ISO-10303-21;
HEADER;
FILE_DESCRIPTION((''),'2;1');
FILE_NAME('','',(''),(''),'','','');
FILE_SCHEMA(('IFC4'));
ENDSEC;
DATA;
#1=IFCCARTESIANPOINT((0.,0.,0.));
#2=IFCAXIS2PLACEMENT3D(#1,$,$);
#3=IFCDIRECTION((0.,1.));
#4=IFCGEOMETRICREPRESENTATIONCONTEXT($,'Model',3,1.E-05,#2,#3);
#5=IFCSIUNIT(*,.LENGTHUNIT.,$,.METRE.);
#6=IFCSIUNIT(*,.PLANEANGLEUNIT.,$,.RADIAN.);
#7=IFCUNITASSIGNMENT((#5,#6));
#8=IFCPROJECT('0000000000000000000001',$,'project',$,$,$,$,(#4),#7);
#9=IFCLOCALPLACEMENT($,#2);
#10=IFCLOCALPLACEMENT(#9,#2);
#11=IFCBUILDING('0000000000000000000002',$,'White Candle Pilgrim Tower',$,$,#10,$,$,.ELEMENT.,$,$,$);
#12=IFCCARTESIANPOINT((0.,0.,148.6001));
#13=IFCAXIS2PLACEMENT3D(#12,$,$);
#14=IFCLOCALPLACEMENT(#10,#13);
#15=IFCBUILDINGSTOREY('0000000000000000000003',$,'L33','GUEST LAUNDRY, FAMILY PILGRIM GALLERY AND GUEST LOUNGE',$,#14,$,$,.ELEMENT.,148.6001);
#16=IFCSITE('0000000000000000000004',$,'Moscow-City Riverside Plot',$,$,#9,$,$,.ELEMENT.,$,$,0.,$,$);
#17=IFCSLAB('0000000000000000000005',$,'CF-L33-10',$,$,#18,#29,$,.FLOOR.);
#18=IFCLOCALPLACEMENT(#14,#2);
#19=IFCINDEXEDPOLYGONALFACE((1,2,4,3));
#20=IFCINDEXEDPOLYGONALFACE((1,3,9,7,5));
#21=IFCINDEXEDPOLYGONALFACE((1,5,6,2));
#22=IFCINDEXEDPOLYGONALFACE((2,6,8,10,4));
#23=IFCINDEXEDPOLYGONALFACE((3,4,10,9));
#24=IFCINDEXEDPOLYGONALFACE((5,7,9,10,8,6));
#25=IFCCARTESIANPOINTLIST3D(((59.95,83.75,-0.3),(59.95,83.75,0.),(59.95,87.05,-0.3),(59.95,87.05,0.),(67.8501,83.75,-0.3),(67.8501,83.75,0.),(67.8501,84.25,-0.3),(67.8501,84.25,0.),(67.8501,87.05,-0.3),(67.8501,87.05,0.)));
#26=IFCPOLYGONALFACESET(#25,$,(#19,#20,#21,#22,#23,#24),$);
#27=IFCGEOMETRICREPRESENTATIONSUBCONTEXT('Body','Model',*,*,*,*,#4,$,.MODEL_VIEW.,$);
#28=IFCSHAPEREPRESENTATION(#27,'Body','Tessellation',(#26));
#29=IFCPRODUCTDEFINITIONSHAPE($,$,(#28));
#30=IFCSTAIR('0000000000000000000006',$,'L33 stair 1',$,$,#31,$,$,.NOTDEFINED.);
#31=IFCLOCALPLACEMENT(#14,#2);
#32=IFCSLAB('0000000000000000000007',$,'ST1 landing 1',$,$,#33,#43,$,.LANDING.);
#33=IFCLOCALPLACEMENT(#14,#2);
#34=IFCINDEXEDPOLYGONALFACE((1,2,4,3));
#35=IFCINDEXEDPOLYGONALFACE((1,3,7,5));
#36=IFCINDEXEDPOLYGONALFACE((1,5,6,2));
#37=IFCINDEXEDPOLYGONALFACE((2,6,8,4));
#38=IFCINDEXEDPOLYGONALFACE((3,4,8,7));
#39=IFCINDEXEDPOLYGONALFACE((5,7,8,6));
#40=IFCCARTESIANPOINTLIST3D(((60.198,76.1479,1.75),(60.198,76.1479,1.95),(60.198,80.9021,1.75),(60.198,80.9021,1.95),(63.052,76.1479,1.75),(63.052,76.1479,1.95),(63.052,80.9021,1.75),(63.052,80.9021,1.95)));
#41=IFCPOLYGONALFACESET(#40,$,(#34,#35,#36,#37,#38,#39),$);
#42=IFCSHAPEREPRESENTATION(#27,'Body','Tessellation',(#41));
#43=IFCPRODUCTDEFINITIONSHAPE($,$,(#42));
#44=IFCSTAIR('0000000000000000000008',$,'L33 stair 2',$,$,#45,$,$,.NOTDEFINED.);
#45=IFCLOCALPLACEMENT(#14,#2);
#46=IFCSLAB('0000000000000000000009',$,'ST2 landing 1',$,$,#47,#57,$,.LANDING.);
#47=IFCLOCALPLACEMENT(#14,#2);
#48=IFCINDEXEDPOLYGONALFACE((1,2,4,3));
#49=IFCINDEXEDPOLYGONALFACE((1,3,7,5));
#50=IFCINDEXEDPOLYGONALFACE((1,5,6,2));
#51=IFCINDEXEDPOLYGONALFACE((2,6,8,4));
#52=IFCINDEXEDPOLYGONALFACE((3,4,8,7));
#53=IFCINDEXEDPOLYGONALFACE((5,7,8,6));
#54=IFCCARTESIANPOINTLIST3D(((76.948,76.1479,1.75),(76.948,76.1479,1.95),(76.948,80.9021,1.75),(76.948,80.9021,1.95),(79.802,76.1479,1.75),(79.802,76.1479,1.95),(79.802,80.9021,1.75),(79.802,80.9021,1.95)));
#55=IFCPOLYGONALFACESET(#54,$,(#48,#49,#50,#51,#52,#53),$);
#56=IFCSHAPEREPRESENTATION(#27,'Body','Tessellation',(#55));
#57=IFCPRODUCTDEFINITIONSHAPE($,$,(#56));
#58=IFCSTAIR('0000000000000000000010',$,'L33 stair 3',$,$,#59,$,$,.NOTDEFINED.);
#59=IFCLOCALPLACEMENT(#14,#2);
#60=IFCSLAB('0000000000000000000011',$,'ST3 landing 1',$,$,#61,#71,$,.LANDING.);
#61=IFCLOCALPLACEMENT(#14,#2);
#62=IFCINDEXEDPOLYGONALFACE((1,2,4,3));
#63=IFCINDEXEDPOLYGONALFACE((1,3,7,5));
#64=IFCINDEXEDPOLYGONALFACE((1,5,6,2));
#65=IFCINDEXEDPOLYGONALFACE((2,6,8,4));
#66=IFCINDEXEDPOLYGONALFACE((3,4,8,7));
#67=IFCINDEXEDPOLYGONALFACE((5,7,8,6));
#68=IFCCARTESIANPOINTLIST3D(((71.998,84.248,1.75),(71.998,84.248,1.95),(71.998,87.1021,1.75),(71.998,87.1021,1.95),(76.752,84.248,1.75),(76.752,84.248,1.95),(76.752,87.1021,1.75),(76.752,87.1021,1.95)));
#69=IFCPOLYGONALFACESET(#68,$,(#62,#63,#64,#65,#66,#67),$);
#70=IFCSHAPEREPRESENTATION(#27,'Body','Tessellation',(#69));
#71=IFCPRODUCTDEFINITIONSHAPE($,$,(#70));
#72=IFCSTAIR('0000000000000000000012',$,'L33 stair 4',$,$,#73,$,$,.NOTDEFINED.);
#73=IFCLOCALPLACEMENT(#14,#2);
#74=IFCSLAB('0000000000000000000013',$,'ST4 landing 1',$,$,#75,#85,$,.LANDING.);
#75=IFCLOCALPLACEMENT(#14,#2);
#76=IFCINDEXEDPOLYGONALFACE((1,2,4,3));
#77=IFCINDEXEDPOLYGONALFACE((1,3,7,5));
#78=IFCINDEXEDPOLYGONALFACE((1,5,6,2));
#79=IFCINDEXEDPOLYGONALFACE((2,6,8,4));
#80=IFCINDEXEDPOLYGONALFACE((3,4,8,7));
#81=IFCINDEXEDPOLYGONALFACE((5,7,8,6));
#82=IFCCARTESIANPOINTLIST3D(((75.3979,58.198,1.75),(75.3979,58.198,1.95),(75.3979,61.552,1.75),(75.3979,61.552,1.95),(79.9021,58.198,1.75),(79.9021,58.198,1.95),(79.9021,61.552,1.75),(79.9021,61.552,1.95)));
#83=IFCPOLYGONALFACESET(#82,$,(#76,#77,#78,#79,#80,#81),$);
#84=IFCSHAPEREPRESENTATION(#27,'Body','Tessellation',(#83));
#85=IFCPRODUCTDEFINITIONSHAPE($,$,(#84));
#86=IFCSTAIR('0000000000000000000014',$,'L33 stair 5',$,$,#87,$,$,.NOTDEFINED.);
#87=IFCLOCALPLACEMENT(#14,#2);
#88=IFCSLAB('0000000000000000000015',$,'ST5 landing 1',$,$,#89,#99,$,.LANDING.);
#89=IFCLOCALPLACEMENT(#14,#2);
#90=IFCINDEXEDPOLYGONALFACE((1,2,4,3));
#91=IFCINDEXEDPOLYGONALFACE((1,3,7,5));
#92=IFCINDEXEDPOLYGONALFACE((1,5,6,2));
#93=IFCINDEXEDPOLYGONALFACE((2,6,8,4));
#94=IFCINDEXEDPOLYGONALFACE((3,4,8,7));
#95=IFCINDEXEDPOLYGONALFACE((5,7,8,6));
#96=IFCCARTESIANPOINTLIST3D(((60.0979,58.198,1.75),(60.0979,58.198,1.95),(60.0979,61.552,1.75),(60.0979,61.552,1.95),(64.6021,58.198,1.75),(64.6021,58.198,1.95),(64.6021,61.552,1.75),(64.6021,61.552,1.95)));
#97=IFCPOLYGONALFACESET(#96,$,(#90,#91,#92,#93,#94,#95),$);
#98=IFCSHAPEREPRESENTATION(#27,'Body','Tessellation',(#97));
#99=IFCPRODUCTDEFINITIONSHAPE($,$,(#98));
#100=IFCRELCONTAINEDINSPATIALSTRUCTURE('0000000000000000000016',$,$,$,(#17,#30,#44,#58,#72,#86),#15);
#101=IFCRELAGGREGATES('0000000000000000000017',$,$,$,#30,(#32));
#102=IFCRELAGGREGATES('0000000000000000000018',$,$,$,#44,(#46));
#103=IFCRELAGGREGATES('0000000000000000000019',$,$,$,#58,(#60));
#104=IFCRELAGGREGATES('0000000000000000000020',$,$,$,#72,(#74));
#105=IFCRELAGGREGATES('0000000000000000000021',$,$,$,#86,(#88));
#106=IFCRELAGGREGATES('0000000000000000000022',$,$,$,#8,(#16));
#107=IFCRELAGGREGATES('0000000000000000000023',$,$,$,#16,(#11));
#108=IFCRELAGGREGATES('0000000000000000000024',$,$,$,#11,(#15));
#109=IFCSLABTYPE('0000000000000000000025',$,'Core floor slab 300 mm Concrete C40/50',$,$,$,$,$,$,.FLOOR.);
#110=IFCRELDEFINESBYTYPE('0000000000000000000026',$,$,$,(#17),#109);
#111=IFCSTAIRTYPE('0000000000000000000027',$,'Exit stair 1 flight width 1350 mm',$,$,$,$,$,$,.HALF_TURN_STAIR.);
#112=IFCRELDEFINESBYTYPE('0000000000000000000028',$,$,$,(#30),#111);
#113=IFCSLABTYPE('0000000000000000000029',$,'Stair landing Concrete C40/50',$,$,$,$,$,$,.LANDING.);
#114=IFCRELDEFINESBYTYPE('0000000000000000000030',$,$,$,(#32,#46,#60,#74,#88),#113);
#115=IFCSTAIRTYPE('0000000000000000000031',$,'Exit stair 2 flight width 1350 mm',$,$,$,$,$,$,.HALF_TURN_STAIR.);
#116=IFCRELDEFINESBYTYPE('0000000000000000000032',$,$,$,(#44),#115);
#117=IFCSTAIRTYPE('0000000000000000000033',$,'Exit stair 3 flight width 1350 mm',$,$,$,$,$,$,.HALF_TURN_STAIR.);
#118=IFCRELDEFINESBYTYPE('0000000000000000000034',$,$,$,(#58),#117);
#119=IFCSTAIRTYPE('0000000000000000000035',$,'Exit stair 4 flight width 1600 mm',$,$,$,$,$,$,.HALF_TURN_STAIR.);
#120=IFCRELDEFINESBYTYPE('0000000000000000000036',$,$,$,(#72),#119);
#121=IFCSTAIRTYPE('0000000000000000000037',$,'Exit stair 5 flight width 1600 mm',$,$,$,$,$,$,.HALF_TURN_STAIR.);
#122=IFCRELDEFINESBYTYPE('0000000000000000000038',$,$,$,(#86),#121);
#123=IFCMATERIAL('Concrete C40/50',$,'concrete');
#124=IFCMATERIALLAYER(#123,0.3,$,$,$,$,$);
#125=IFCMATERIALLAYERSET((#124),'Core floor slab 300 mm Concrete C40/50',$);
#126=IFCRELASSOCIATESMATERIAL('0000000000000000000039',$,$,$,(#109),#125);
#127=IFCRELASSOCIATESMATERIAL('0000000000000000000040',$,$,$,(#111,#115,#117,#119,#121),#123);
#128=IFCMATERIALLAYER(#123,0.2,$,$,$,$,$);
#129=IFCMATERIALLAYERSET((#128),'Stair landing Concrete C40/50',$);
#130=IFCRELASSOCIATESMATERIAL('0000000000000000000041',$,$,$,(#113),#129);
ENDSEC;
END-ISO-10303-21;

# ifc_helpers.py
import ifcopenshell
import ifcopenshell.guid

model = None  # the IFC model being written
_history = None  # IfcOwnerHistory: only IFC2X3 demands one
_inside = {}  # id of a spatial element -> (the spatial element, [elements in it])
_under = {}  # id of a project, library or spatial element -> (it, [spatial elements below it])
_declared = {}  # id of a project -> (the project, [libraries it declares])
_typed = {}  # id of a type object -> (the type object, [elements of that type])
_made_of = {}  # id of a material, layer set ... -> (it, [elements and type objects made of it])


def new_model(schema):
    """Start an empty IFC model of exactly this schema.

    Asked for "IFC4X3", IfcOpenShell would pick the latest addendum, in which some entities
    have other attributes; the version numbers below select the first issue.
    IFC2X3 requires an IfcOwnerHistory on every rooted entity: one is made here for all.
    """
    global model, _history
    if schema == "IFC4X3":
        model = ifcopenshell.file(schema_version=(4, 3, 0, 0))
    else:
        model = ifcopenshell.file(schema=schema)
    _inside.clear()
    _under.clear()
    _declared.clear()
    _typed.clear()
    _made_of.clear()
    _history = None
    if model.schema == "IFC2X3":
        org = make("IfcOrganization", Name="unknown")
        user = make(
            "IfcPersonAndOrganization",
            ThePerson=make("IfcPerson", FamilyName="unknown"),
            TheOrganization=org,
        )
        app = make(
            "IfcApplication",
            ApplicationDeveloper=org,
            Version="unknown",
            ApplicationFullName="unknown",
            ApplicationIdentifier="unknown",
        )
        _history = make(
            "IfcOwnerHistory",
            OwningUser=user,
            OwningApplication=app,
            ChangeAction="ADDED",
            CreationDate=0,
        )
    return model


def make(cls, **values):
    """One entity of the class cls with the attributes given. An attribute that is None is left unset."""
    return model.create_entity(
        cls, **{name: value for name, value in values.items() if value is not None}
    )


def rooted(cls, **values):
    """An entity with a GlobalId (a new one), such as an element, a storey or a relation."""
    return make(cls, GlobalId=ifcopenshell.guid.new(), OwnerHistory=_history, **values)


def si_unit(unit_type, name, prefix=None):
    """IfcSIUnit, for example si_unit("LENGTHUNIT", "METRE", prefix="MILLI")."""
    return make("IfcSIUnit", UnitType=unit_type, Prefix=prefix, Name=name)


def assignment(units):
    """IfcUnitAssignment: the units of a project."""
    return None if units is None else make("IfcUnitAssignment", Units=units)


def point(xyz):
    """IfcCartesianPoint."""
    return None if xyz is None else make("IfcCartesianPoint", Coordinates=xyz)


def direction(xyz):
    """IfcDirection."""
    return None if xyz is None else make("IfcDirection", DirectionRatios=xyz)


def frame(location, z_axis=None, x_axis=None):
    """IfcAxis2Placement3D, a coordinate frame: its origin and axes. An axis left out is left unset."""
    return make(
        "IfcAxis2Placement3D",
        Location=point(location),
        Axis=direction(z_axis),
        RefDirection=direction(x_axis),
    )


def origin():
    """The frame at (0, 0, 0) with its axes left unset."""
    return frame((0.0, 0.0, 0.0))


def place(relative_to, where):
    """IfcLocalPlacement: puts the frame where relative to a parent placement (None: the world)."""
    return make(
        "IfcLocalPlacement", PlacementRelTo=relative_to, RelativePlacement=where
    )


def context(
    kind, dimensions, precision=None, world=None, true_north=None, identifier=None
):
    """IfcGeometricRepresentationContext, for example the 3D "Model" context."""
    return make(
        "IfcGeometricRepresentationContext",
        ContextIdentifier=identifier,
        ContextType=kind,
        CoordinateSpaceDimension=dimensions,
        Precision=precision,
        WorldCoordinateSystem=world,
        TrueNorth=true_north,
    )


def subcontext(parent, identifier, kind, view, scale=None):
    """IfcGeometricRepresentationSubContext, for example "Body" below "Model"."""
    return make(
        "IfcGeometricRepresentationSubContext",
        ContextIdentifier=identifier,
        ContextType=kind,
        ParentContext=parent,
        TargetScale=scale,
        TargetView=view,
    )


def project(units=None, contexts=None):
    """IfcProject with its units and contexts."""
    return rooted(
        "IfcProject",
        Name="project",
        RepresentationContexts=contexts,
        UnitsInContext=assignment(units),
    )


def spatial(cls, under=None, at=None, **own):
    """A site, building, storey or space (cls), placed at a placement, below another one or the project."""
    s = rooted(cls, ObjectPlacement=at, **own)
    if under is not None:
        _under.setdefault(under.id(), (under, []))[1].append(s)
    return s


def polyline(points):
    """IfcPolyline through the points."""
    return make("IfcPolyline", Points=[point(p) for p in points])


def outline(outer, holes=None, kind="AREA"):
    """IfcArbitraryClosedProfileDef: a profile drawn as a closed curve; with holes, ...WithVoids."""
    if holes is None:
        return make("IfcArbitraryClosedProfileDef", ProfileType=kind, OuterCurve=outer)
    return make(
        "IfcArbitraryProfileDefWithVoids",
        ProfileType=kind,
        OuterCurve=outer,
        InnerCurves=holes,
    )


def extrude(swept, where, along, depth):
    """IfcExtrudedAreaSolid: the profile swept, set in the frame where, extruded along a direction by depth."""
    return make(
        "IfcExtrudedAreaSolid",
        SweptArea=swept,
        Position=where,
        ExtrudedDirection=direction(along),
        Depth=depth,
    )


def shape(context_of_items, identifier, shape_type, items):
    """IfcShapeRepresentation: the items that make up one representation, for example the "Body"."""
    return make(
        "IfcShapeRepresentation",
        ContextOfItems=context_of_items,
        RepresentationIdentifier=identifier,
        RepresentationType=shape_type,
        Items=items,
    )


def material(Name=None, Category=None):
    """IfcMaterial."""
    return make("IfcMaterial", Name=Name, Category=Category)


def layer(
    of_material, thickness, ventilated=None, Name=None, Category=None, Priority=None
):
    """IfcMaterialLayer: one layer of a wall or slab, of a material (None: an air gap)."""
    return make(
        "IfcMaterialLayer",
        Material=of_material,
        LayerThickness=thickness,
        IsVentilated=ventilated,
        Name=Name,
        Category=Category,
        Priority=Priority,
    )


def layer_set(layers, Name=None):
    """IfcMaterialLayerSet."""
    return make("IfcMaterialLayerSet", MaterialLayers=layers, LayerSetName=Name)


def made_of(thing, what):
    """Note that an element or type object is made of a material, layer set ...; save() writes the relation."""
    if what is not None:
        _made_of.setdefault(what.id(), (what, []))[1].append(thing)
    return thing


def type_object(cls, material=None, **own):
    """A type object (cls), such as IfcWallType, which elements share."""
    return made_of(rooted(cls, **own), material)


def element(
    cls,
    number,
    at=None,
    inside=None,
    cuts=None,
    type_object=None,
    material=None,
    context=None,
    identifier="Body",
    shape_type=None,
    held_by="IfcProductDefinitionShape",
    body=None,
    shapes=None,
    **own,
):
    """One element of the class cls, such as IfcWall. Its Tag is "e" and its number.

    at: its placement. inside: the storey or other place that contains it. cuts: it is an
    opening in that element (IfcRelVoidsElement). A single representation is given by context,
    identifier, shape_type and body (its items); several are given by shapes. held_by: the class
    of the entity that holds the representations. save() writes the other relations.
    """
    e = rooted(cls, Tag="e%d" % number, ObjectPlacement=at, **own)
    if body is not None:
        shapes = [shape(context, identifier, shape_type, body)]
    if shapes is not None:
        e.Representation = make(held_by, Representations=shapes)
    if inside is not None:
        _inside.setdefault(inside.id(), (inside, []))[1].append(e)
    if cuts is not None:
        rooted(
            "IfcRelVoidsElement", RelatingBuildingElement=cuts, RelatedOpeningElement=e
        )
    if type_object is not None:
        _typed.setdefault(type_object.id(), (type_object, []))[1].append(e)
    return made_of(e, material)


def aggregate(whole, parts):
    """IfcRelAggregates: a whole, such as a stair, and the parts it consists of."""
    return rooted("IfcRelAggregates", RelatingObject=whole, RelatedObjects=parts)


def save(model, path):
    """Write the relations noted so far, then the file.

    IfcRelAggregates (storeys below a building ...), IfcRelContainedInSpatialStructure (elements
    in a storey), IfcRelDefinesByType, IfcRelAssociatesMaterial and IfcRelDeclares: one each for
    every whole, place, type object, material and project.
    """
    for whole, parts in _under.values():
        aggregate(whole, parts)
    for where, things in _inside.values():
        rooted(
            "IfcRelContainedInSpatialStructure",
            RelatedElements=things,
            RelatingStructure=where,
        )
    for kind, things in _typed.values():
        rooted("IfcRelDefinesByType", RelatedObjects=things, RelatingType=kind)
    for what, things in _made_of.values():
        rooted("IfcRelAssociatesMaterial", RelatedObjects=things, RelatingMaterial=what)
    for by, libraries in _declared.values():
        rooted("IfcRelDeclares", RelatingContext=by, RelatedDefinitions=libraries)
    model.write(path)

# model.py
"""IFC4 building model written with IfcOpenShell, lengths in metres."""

from ifc_helpers import new_model, si_unit, direction, frame, origin, place, context, subcontext, project, spatial, polyline, outline, extrude, material, layer, layer_set, type_object, element, aggregate, save


model = new_model("IFC4")

# Units and contexts
model_context = context("Model", 3, precision=1e-05, world=origin(), true_north=direction((0.0, 1.0)))
body_context = subcontext(model_context, "Body", "Model", "MODEL_VIEW")
ifc_project = project(units=[si_unit("LENGTHUNIT", "METRE"), si_unit("PLANEANGLEUNIT", "RADIAN")], contexts=[model_context])

# Site, building, storey
site_placement = place(None, origin())
site = spatial("IfcSite", under=ifc_project, at=site_placement, Name="Moscow-City Riverside Plot", CompositionType="ELEMENT", RefElevation=0.0)
building_placement = place(site_placement, origin())
building = spatial("IfcBuilding", under=site, at=building_placement, Name="White Candle Pilgrim Tower", CompositionType="ELEMENT")
storey_placement = place(building_placement, frame((0.0, 0.0, 148.6001)))
storey = spatial("IfcBuildingStorey", under=building, at=storey_placement, Name="L33", Description="GUEST LAUNDRY, FAMILY PILGRIM GALLERY AND GUEST LOUNGE", CompositionType="ELEMENT", Elevation=148.6001)

# Slab
ifc_material_1 = material(Name="Concrete C40/50", Category="concrete")
ifc_layer_1 = layer(ifc_material_1, 0.3)
ifc_layer_set_1 = layer_set([ifc_layer_1], Name="Core floor slab 300 mm Concrete C40/50")
slab_type_1 = type_object("IfcSlabType", Name="Core floor slab 300 mm Concrete C40/50", PredefinedType="FLOOR", material=ifc_layer_set_1)
slab_1_placement = place(storey_placement, frame((0.0, 0.0, -0.3)))
element("IfcSlab", 1, at=slab_1_placement, inside=storey, type_object=slab_type_1, Name="CF-L33-10", PredefinedType="FLOOR", context=body_context, shape_type="SweptSolid", body=[
    extrude(outline(polyline([(59.95, 87.05), (67.8501, 87.05), (67.8501, 84.25), (67.8501, 83.75), (59.95, 83.75), (59.95, 87.05)])), origin(), (0.0, 0.0, 1.0), 0.3),
])

# Stairs, slabs
stair_type_1 = type_object("IfcStairType", Name="Exit stair 1 flight width 1350 mm", PredefinedType="HALF_TURN_STAIR", material=ifc_material_1)
stair_1_placement = place(storey_placement, origin())
stair_1 = element("IfcStair", 2, at=stair_1_placement, inside=storey, type_object=stair_type_1, Name="L33 stair 1", PredefinedType="NOTDEFINED")
ifc_layer_2 = layer(ifc_material_1, 0.2)
ifc_layer_set_2 = layer_set([ifc_layer_2], Name="Stair landing Concrete C40/50")
slab_type_2 = type_object("IfcSlabType", Name="Stair landing Concrete C40/50", PredefinedType="LANDING", material=ifc_layer_set_2)
slab_2_placement = place(storey_placement, frame((0.0, 0.0, 1.75)))
slab_2 = element("IfcSlab", 3, at=slab_2_placement, type_object=slab_type_2, Name="ST1 landing 1", PredefinedType="LANDING", context=body_context, shape_type="SweptSolid", body=[
    extrude(outline(polyline([(63.052, 76.1479), (60.198, 76.1479), (60.198, 80.9021), (63.052, 80.9021), (63.052, 76.1479)])), origin(), (0.0, 0.0, 1.0), 0.2),
])
aggregate(stair_1, [slab_2])
stair_type_2 = type_object("IfcStairType", Name="Exit stair 2 flight width 1350 mm", PredefinedType="HALF_TURN_STAIR", material=ifc_material_1)
stair_2_placement = place(storey_placement, origin())
stair_2 = element("IfcStair", 4, at=stair_2_placement, inside=storey, type_object=stair_type_2, Name="L33 stair 2", PredefinedType="NOTDEFINED")
slab_3_placement = place(storey_placement, frame((0.0, 0.0, 1.75)))
slab_3 = element("IfcSlab", 5, at=slab_3_placement, type_object=slab_type_2, Name="ST2 landing 1", PredefinedType="LANDING", context=body_context, shape_type="SweptSolid", body=[
    extrude(outline(polyline([(79.802, 76.1479), (76.948, 76.1479), (76.948, 80.9021), (79.802, 80.9021), (79.802, 76.1479)])), origin(), (0.0, 0.0, 1.0), 0.2),
])
aggregate(stair_2, [slab_3])
stair_type_3 = type_object("IfcStairType", Name="Exit stair 3 flight width 1350 mm", PredefinedType="HALF_TURN_STAIR", material=ifc_material_1)
stair_3_placement = place(storey_placement, origin())
stair_3 = element("IfcStair", 6, at=stair_3_placement, inside=storey, type_object=stair_type_3, Name="L33 stair 3", PredefinedType="NOTDEFINED")
slab_4_placement = place(storey_placement, frame((0.0, 0.0, 1.75)))
slab_4 = element("IfcSlab", 7, at=slab_4_placement, type_object=slab_type_2, Name="ST3 landing 1", PredefinedType="LANDING", context=body_context, shape_type="SweptSolid", body=[
    extrude(outline(polyline([(71.998, 84.248), (71.998, 87.1021), (76.752, 87.1021), (76.752, 84.248), (71.998, 84.248)])), origin(), (0.0, 0.0, 1.0), 0.2),
])
aggregate(stair_3, [slab_4])
stair_type_4 = type_object("IfcStairType", Name="Exit stair 4 flight width 1600 mm", PredefinedType="HALF_TURN_STAIR", material=ifc_material_1)
stair_4_placement = place(storey_placement, origin())
stair_4 = element("IfcStair", 8, at=stair_4_placement, inside=storey, type_object=stair_type_4, Name="L33 stair 4", PredefinedType="NOTDEFINED")
slab_5_placement = place(storey_placement, frame((0.0, 0.0, 1.75)))
slab_5 = element("IfcSlab", 9, at=slab_5_placement, type_object=slab_type_2, Name="ST4 landing 1", PredefinedType="LANDING", context=body_context, shape_type="SweptSolid", body=[
    extrude(outline(polyline([(79.9021, 61.552), (79.9021, 58.198), (75.3979, 58.198), (75.3979, 61.552), (79.9021, 61.552)])), origin(), (0.0, 0.0, 1.0), 0.2),
])
aggregate(stair_4, [slab_5])
stair_type_5 = type_object("IfcStairType", Name="Exit stair 5 flight width 1600 mm", PredefinedType="HALF_TURN_STAIR", material=ifc_material_1)
stair_5_placement = place(storey_placement, origin())
stair_5 = element("IfcStair", 10, at=stair_5_placement, inside=storey, type_object=stair_type_5, Name="L33 stair 5", PredefinedType="NOTDEFINED")
slab_6_placement = place(storey_placement, frame((0.0, 0.0, 1.75)))
slab_6 = element("IfcSlab", 11, at=slab_6_placement, type_object=slab_type_2, Name="ST5 landing 1", PredefinedType="LANDING", context=body_context, shape_type="SweptSolid", body=[
    extrude(outline(polyline([(60.0979, 58.198), (60.0979, 61.552), (64.6021, 61.552), (64.6021, 58.198), (60.0979, 58.198)])), origin(), (0.0, 0.0, 1.0), 0.2),
])
aggregate(stair_5, [slab_6])

save(model, "model.ifc")
